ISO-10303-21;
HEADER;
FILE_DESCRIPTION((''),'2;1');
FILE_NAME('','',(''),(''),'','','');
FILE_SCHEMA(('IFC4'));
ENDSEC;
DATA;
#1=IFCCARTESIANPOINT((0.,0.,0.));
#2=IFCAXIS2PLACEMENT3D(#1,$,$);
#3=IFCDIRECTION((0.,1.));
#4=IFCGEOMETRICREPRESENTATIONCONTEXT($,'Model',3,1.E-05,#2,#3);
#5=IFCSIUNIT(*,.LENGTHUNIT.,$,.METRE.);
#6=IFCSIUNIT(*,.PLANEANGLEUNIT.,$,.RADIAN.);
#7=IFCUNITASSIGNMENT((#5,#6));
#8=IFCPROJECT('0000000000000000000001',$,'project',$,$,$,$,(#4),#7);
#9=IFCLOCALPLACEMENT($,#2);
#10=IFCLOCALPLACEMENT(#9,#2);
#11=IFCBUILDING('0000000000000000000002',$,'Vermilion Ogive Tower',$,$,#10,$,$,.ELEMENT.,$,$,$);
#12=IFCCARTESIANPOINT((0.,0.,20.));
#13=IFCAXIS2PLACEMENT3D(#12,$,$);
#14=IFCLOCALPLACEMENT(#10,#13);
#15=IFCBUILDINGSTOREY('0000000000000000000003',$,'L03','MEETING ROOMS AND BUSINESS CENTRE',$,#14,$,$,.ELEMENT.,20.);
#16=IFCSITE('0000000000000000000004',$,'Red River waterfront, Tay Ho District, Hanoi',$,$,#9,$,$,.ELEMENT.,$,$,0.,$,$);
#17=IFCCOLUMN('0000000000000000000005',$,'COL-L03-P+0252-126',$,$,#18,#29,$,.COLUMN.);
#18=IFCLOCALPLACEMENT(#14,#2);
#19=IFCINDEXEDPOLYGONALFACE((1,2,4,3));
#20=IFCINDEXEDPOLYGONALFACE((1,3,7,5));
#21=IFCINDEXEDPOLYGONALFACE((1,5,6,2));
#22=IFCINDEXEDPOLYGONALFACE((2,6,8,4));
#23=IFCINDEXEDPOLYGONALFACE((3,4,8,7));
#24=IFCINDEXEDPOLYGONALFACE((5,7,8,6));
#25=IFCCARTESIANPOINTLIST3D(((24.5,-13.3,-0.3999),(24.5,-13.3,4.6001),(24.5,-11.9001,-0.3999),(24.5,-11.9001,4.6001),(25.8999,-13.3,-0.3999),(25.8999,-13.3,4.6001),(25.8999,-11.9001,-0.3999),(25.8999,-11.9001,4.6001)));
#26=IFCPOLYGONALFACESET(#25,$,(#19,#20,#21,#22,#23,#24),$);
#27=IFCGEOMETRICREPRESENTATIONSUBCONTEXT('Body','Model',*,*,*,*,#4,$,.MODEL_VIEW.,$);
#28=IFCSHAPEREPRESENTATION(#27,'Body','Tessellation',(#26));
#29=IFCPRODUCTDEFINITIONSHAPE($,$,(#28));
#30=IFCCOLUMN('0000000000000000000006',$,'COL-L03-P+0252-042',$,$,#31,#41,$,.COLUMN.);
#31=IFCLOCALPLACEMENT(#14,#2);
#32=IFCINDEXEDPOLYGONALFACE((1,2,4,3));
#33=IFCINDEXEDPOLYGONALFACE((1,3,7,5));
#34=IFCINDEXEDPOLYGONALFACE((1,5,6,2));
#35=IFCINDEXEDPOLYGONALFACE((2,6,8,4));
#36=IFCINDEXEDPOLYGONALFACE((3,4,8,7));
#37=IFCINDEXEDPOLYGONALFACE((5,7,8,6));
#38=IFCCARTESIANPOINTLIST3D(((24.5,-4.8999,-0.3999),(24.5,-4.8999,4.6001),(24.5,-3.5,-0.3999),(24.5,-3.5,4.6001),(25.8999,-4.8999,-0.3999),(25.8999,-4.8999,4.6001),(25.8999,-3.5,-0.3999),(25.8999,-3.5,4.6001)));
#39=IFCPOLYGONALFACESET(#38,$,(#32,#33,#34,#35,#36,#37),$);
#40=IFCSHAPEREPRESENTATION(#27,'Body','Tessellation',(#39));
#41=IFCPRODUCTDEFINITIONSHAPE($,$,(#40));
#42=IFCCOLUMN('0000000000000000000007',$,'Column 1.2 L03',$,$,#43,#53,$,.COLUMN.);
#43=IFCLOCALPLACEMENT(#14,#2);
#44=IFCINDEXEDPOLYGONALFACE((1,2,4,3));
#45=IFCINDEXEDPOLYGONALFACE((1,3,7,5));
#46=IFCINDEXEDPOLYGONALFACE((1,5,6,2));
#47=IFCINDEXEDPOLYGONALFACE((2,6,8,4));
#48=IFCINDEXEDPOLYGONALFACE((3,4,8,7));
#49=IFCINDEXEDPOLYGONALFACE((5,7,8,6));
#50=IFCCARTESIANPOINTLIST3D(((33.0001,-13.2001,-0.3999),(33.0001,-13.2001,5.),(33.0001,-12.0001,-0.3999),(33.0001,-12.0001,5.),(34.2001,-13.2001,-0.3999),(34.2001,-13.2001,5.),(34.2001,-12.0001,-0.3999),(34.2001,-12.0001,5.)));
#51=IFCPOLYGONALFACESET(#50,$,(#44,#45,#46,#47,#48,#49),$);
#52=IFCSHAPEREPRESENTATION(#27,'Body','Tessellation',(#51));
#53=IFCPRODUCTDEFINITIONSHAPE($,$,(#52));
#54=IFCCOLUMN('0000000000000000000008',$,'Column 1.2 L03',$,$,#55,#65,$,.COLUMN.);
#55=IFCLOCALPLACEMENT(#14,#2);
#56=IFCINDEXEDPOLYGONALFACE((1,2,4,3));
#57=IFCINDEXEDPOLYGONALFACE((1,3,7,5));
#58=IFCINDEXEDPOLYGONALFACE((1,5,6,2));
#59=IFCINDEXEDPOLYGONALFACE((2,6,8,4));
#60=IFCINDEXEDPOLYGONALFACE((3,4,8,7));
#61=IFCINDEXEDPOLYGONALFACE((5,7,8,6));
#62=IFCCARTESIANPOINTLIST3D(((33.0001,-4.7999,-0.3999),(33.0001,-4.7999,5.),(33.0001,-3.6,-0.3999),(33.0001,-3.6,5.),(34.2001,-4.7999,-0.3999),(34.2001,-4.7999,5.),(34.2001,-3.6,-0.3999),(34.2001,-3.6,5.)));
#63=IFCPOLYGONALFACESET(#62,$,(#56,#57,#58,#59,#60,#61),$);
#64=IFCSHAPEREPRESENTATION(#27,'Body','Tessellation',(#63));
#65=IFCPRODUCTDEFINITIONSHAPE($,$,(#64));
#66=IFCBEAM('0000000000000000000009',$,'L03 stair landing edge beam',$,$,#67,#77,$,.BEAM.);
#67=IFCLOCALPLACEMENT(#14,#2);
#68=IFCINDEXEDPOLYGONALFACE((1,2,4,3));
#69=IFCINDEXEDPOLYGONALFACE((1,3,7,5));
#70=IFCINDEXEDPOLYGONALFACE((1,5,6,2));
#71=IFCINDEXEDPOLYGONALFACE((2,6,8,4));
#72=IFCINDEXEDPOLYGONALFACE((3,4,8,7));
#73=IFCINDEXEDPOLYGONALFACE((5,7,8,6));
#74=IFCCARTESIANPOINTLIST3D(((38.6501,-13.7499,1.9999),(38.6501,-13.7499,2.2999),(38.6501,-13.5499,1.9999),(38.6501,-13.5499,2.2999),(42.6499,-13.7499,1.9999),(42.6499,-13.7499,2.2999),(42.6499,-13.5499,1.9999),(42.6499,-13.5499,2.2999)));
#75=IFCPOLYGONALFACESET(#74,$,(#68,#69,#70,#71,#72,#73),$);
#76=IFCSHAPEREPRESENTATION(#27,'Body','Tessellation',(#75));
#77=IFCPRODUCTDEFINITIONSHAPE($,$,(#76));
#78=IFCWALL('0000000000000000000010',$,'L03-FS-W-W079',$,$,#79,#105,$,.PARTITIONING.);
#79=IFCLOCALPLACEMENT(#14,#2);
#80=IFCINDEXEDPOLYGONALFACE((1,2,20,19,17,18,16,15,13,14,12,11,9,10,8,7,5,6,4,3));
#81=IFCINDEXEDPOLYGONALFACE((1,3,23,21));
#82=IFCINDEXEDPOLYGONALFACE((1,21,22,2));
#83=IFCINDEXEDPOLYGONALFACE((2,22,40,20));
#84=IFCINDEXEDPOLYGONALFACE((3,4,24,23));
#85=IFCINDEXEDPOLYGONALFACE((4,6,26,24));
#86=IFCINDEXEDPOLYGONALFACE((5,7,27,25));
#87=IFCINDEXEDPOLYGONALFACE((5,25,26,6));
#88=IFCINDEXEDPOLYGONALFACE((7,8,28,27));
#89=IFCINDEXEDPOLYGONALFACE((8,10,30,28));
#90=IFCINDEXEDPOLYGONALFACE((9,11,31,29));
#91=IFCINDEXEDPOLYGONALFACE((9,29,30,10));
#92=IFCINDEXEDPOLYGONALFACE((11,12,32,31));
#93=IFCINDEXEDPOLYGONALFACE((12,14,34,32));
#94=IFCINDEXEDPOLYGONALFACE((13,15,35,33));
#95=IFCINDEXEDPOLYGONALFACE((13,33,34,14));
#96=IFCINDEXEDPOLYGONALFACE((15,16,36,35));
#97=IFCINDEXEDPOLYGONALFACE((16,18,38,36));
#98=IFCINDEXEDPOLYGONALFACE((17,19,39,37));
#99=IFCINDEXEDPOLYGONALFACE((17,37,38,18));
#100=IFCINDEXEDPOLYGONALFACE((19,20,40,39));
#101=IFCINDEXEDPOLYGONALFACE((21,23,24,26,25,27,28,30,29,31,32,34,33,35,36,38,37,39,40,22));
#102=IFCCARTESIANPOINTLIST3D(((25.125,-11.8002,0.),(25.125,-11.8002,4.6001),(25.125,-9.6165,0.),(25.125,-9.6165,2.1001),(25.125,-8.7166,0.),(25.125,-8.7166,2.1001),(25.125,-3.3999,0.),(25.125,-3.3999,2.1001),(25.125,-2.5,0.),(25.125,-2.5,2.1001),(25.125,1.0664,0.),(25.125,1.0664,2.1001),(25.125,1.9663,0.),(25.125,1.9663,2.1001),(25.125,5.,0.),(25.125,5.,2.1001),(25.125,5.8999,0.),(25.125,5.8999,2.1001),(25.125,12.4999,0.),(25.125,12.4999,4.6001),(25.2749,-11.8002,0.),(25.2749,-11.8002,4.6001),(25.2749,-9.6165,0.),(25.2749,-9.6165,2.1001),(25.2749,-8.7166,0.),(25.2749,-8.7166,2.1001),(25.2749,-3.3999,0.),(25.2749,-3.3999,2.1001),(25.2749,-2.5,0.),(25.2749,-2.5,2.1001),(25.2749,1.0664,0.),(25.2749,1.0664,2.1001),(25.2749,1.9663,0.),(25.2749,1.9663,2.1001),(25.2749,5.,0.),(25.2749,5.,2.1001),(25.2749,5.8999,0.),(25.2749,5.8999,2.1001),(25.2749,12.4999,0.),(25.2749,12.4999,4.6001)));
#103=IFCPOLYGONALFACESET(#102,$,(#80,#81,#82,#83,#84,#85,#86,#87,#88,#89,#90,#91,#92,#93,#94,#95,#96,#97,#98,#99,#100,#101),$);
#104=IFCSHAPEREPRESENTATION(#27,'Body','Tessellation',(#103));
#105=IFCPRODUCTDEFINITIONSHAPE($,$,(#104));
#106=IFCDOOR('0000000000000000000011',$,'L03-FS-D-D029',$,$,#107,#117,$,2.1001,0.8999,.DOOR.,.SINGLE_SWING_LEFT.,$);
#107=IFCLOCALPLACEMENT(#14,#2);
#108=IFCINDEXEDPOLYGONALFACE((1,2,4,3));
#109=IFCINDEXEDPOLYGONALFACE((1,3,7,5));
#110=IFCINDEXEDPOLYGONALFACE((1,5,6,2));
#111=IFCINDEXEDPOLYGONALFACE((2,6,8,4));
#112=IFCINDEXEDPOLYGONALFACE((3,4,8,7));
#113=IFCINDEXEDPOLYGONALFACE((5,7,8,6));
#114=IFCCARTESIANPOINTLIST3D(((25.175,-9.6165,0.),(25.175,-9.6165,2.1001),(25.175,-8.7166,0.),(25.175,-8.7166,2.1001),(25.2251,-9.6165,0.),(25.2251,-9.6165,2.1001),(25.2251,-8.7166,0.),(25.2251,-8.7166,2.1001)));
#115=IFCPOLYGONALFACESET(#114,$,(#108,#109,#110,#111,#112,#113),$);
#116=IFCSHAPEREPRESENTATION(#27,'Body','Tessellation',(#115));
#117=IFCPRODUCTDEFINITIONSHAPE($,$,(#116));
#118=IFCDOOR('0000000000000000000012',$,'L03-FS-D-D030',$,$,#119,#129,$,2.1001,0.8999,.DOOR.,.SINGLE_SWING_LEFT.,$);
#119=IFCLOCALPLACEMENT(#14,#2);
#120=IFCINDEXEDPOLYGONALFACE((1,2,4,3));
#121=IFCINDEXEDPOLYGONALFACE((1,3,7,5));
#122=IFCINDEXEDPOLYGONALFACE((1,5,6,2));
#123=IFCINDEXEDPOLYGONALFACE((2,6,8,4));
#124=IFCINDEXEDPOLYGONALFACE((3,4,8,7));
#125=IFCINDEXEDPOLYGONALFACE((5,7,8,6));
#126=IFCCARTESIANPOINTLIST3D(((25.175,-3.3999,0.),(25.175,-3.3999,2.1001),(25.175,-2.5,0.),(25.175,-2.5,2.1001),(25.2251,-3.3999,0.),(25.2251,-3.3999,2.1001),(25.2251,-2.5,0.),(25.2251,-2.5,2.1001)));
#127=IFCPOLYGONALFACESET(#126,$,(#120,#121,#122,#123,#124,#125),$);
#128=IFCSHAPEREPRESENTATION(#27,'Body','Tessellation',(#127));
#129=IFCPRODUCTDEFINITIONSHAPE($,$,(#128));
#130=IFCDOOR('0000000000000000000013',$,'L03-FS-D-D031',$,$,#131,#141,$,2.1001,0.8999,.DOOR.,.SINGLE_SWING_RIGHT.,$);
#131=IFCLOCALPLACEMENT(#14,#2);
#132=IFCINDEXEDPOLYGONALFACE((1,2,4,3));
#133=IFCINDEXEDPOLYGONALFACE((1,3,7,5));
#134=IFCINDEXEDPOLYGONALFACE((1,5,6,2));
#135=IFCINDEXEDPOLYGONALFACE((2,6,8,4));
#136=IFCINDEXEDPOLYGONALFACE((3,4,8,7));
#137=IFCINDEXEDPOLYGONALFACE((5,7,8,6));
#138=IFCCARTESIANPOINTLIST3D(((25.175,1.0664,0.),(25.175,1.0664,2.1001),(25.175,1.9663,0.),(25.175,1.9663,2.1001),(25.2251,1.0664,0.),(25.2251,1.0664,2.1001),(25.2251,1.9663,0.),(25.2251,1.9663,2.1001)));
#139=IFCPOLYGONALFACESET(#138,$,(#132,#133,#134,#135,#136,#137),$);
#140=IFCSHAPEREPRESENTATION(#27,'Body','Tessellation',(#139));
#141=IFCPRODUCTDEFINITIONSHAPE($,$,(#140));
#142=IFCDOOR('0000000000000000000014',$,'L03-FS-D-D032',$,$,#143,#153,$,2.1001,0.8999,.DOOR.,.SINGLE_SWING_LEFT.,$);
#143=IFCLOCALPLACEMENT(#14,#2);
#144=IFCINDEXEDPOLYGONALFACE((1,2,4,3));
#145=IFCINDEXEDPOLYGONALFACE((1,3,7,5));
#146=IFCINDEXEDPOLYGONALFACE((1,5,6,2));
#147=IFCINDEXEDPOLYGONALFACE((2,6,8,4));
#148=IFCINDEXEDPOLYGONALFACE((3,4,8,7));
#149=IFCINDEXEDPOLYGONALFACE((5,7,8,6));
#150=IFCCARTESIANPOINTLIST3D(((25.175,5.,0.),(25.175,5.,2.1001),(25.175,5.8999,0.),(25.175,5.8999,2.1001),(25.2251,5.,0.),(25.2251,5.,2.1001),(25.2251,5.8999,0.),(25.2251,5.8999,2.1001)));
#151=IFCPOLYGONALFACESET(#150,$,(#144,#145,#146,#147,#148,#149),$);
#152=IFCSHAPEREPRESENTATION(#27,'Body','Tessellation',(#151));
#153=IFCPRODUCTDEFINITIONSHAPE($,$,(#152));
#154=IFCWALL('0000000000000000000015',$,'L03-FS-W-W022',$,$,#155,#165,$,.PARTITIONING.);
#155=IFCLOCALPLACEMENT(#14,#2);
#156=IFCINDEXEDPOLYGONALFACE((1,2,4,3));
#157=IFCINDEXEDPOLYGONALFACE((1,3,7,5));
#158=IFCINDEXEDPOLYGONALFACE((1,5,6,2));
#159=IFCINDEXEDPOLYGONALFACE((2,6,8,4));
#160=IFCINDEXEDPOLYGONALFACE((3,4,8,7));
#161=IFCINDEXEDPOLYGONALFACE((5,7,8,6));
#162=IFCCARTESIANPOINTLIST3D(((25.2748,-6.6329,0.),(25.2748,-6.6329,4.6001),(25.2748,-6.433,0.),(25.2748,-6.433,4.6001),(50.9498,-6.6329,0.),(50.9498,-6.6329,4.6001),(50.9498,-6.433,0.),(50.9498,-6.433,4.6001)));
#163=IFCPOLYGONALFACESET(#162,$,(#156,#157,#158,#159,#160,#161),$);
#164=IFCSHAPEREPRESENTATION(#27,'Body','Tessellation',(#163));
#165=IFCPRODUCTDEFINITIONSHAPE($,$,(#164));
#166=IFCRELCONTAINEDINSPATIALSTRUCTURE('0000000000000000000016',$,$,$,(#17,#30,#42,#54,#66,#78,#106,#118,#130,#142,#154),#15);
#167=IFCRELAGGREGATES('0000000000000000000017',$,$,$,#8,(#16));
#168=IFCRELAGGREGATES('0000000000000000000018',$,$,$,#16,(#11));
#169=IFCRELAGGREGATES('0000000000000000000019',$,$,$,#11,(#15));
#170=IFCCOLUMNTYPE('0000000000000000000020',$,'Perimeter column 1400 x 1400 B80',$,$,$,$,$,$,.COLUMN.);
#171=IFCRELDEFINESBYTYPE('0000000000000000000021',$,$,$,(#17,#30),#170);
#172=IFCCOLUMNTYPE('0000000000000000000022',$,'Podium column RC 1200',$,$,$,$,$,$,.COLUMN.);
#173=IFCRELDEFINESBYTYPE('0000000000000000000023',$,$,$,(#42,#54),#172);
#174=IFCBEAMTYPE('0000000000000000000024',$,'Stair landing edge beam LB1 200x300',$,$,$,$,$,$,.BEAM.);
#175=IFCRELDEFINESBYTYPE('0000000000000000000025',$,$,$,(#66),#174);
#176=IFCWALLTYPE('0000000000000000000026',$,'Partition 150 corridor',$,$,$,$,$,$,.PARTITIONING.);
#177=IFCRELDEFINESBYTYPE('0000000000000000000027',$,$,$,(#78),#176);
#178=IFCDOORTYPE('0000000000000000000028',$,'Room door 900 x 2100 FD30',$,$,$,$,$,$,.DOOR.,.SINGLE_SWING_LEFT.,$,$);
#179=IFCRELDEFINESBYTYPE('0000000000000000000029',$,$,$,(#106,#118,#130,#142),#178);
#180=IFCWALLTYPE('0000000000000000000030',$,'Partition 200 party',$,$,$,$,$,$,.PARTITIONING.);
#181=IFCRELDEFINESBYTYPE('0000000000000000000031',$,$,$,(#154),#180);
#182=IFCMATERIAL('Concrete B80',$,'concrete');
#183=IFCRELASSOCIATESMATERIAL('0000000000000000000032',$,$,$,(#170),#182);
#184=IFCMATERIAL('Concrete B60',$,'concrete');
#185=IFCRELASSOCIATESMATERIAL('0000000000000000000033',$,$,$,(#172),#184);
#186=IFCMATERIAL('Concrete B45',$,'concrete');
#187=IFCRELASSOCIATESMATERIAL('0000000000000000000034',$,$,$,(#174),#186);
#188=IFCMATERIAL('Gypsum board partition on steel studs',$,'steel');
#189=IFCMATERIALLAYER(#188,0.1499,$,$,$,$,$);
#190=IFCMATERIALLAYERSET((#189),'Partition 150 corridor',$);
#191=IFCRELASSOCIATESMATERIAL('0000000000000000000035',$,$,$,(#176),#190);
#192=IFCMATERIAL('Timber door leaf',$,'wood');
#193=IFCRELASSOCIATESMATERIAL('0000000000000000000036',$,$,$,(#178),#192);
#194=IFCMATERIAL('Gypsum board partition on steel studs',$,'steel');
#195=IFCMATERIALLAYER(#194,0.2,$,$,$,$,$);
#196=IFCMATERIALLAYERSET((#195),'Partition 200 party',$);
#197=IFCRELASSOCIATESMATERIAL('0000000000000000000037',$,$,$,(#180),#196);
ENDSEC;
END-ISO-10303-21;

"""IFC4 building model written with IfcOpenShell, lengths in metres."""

from ifc_helpers import new_model, si_unit, direction, frame, frame_2d, origin, origin_2d, place, context, subcontext, project, spatial, rectangle, extrude, material, layer, layer_set, material_profile, profile_set, type_object, element, fill, save


model = new_model("IFC4")

# Units and contexts
model_context = context("Model", 3, precision=1e-05, world=origin(), true_north=direction((0.0, 1.0)))
body_context = subcontext(model_context, "Body", "Model", "MODEL_VIEW")
ifc_project = project(units=[si_unit("LENGTHUNIT", "METRE"), si_unit("PLANEANGLEUNIT", "RADIAN")], contexts=[model_context])

# Site, building, storey
site_placement = place(None, origin())
site = spatial("IfcSite", under=ifc_project, at=site_placement, Name="Red River waterfront, Tay Ho District, Hanoi", CompositionType="ELEMENT", RefElevation=0.0)
building_placement = place(site_placement, origin())
building = spatial("IfcBuilding", under=site, at=building_placement, Name="Vermilion Ogive Tower", CompositionType="ELEMENT")
storey_placement = place(building_placement, frame((0.0, 0.0, 20.0)))
storey = spatial("IfcBuildingStorey", under=building, at=storey_placement, Name="L03", Description="MEETING ROOMS AND BUSINESS CENTRE", CompositionType="ELEMENT", Elevation=20.0)

# Columns
ifc_material_1 = material(Name="Concrete B80", Category="concrete")
ifc_material_profile_1 = material_profile(ifc_material_1, rectangle(XDim=1.3999, YDim=1.3999, at=origin_2d()), Name="1400 x 1400")
ifc_profile_set_1 = profile_set([ifc_material_profile_1], Name="Concrete B80")
column_type_1 = type_object("IfcColumnType", Name="Perimeter column 1400 x 1400 B80", PredefinedType="COLUMN", material=ifc_profile_set_1)
for number, where, z_axis, x_axis, name in (
    (1, (25.2, -12.6001, -0.3999), (0.0, 0.0, 1.0), (1.0, 0.0, 0.0), "COL-L03-P+0252-126"),
    (2, (25.2, -4.2, -0.3999), (0.0, 0.0, 1.0), (1.0, 0.0, 0.0), "COL-L03-P+0252-042"),
):
    element("IfcColumn", number, at=place(storey_placement, frame(where, z_axis=z_axis, x_axis=x_axis)), inside=storey, type_object=column_type_1, Name=name, PredefinedType="COLUMN", context=body_context, shape_type="SweptSolid", body=[
        extrude(rectangle(XDim=1.3999, YDim=1.3999, at=origin_2d()), origin(), (0.0, 0.0, 1.0), 5.0),
    ])
ifc_material_2 = material(Name="Concrete B60", Category="concrete")
ifc_material_profile_2 = material_profile(ifc_material_2, rectangle(XDim=1.2, YDim=1.2, at=origin_2d()), Name="RC 1200x1200")
ifc_profile_set_2 = profile_set([ifc_material_profile_2], Name="Concrete B60")
column_type_2 = type_object("IfcColumnType", Name="Podium column RC 1200", PredefinedType="COLUMN", material=ifc_profile_set_2)
for number, where, z_axis, x_axis, name in (
    (3, (33.6001, -12.6001, -0.3999), (0.0, 0.0, 1.0), (1.0, 0.0, 0.0), "Column 1.2 L03"),
    (4, (33.6001, -4.2, -0.3999), (0.0, 0.0, 1.0), (1.0, 0.0, 0.0), "Column 1.2 L03"),
):
    element("IfcColumn", number, at=place(storey_placement, frame(where, z_axis=z_axis, x_axis=x_axis)), inside=storey, type_object=column_type_2, Name=name, PredefinedType="COLUMN", context=body_context, shape_type="SweptSolid", body=[
        extrude(rectangle(XDim=1.2, YDim=1.2, at=origin_2d()), origin(), (0.0, 0.0, 1.0), 5.3999),
    ])

# Beam
ifc_material_3 = material(Name="Concrete B45", Category="concrete")
ifc_material_profile_3 = material_profile(ifc_material_3, rectangle(XDim=0.2, YDim=0.3, at=origin_2d()), Name="RC 200x300")
ifc_profile_set_3 = profile_set([ifc_material_profile_3], Name="Concrete B45")
beam_type = type_object("IfcBeamType", Name="Stair landing edge beam LB1 200x300", PredefinedType="BEAM", material=ifc_profile_set_3)
beam_placement = place(storey_placement, frame((38.6501, -13.6499, 2.1499), z_axis=(1.0, 0.0, 0.0), x_axis=(0.0, 1.0, 0.0)))
element("IfcBeam", 5, at=beam_placement, inside=storey, type_object=beam_type, Name="L03 stair landing edge beam", PredefinedType="BEAM", context=body_context, shape_type="SweptSolid", body=[
    extrude(rectangle(XDim=0.2, YDim=0.3, at=origin_2d()), origin(), (0.0, 0.0, 1.0), 3.9998),
])

# Wall, openings, doors
ifc_material_4 = material(Name="Gypsum board partition on steel studs", Category="steel")
ifc_layer_1 = layer(ifc_material_4, 0.1499)
ifc_layer_set_1 = layer_set([ifc_layer_1], Name="Partition 150 corridor")
wall_type_1 = type_object("IfcWallType", Name="Partition 150 corridor", PredefinedType="PARTITIONING", material=ifc_layer_set_1)
wall_1_placement = place(storey_placement, frame((25.2, -11.8, 0.0), z_axis=(0.0, 0.0, 1.0), x_axis=(0.0, 1.0, 0.0)))
wall_1 = element("IfcWall", 6, at=wall_1_placement, inside=storey, type_object=wall_type_1, Name="L03-FS-W-W079", PredefinedType="PARTITIONING", context=body_context, shape_type="SweptSolid", body=[
    extrude(rectangle(XDim=24.3, YDim=0.1499, at=frame_2d((12.1499, 0.0))), origin(), (0.0, 0.0, 1.0), 4.6001),
])
opening_1_placement = place(wall_1_placement, frame((2.1836, 0.0, 0.0)))
opening_1 = element("IfcOpeningElement", 7, at=opening_1_placement, cuts=wall_1, PredefinedType="OPENING", context=body_context, shape_type="SweptSolid", body=[
    extrude(rectangle(XDim=0.8999, YDim=2.1001, at=frame_2d((0.45, 1.05))), frame((0.0, 0.085, 0.0), z_axis=(0.0, -1.0, 0.0), x_axis=(1.0, 0.0, 0.0)), (0.0, 0.0, 1.0), 0.1699),
])
opening_2_placement = place(wall_1_placement, frame((8.4001, 0.0, 0.0)))
opening_2 = element("IfcOpeningElement", 8, at=opening_2_placement, cuts=wall_1, PredefinedType="OPENING", context=body_context, shape_type="SweptSolid", body=[
    extrude(rectangle(XDim=0.8999, YDim=2.1001, at=frame_2d((0.45, 1.05))), frame((0.0, 0.085, 0.0), z_axis=(0.0, -1.0, 0.0), x_axis=(1.0, 0.0, 0.0)), (0.0, 0.0, 1.0), 0.1699),
])
opening_3_placement = place(wall_1_placement, frame((12.8665, 0.0, 0.0)))
opening_3 = element("IfcOpeningElement", 9, at=opening_3_placement, cuts=wall_1, PredefinedType="OPENING", context=body_context, shape_type="SweptSolid", body=[
    extrude(rectangle(XDim=0.8999, YDim=2.1001, at=frame_2d((0.45, 1.05))), frame((0.0, 0.085, 0.0), z_axis=(0.0, -1.0, 0.0), x_axis=(1.0, 0.0, 0.0)), (0.0, 0.0, 1.0), 0.1699),
])
opening_4_placement = place(wall_1_placement, frame((16.8, 0.0, 0.0)))
opening_4 = element("IfcOpeningElement", 10, at=opening_4_placement, cuts=wall_1, PredefinedType="OPENING", context=body_context, shape_type="SweptSolid", body=[
    extrude(rectangle(XDim=0.8999, YDim=2.1001, at=frame_2d((0.45, 1.05))), frame((0.0, 0.085, 0.0), z_axis=(0.0, -1.0, 0.0), x_axis=(1.0, 0.0, 0.0)), (0.0, 0.0, 1.0), 0.1699),
])
ifc_material_5 = material(Name="Timber door leaf", Category="wood")
door_type = type_object("IfcDoorType", Name="Room door 900 x 2100 FD30", OperationType="SINGLE_SWING_LEFT", PredefinedType="DOOR", material=ifc_material_5)
door_1_placement = place(opening_1_placement, origin())
door_1 = element("IfcDoor", 11, at=door_1_placement, inside=storey, type_object=door_type, Name="L03-FS-D-D029", OperationType="SINGLE_SWING_LEFT", OverallHeight=2.1001, OverallWidth=0.8999, PredefinedType="DOOR", context=body_context, shape_type="SweptSolid", body=[
    extrude(rectangle(XDim=0.8999, YDim=2.1001, at=frame_2d((0.45, 1.05))), frame((0.0, 0.0249, 0.0), z_axis=(0.0, -1.0, 0.0), x_axis=(1.0, 0.0, 0.0)), (0.0, 0.0, 1.0), 0.05),
])
fill(opening_1, door_1)
door_2_placement = place(opening_2_placement, origin())
door_2 = element("IfcDoor", 12, at=door_2_placement, inside=storey, type_object=door_type, Name="L03-FS-D-D030", OperationType="SINGLE_SWING_LEFT", OverallHeight=2.1001, OverallWidth=0.8999, PredefinedType="DOOR", context=body_context, shape_type="SweptSolid", body=[
    extrude(rectangle(XDim=0.8999, YDim=2.1001, at=frame_2d((0.45, 1.05))), frame((0.0, 0.0249, 0.0), z_axis=(0.0, -1.0, 0.0), x_axis=(1.0, 0.0, 0.0)), (0.0, 0.0, 1.0), 0.05),
])
fill(opening_2, door_2)
door_3_placement = place(opening_3_placement, origin())
door_3 = element("IfcDoor", 13, at=door_3_placement, inside=storey, type_object=door_type, Name="L03-FS-D-D031", OperationType="SINGLE_SWING_RIGHT", OverallHeight=2.1001, OverallWidth=0.8999, PredefinedType="DOOR", context=body_context, shape_type="SweptSolid", body=[
    extrude(rectangle(XDim=0.8999, YDim=2.1001, at=frame_2d((0.45, 1.05))), frame((0.0, 0.0249, 0.0), z_axis=(0.0, -1.0, 0.0), x_axis=(1.0, 0.0, 0.0)), (0.0, 0.0, 1.0), 0.05),
])
fill(opening_3, door_3)
door_4_placement = place(opening_4_placement, origin())
door_4 = element("IfcDoor", 14, at=door_4_placement, inside=storey, type_object=door_type, Name="L03-FS-D-D032", OperationType="SINGLE_SWING_LEFT", OverallHeight=2.1001, OverallWidth=0.8999, PredefinedType="DOOR", context=body_context, shape_type="SweptSolid", body=[
    extrude(rectangle(XDim=0.8999, YDim=2.1001, at=frame_2d((0.45, 1.05))), frame((0.0, 0.0249, 0.0), z_axis=(0.0, -1.0, 0.0), x_axis=(1.0, 0.0, 0.0)), (0.0, 0.0, 1.0), 0.05),
])
fill(opening_4, door_4)

# Wall
ifc_material_6 = material(Name="Gypsum board partition on steel studs", Category="steel")
ifc_layer_2 = layer(ifc_material_6, 0.2)
ifc_layer_set_2 = layer_set([ifc_layer_2], Name="Partition 200 party")
wall_type_2 = type_object("IfcWallType", Name="Partition 200 party", PredefinedType="PARTITIONING", material=ifc_layer_set_2)
wall_2_placement = place(storey_placement, frame((25.2749, -6.533, 0.0), z_axis=(0.0, 0.0, 1.0), x_axis=(1.0, 0.0, 0.0)))
element("IfcWall", 15, at=wall_2_placement, inside=storey, type_object=wall_type_2, Name="L03-FS-W-W022", PredefinedType="PARTITIONING", context=body_context, shape_type="SweptSolid", body=[
    extrude(rectangle(XDim=25.675, YDim=0.2, at=frame_2d((12.8374, 0.0))), origin(), (0.0, 0.0, 1.0), 4.6001),
])

save(model, "model.ifc")
